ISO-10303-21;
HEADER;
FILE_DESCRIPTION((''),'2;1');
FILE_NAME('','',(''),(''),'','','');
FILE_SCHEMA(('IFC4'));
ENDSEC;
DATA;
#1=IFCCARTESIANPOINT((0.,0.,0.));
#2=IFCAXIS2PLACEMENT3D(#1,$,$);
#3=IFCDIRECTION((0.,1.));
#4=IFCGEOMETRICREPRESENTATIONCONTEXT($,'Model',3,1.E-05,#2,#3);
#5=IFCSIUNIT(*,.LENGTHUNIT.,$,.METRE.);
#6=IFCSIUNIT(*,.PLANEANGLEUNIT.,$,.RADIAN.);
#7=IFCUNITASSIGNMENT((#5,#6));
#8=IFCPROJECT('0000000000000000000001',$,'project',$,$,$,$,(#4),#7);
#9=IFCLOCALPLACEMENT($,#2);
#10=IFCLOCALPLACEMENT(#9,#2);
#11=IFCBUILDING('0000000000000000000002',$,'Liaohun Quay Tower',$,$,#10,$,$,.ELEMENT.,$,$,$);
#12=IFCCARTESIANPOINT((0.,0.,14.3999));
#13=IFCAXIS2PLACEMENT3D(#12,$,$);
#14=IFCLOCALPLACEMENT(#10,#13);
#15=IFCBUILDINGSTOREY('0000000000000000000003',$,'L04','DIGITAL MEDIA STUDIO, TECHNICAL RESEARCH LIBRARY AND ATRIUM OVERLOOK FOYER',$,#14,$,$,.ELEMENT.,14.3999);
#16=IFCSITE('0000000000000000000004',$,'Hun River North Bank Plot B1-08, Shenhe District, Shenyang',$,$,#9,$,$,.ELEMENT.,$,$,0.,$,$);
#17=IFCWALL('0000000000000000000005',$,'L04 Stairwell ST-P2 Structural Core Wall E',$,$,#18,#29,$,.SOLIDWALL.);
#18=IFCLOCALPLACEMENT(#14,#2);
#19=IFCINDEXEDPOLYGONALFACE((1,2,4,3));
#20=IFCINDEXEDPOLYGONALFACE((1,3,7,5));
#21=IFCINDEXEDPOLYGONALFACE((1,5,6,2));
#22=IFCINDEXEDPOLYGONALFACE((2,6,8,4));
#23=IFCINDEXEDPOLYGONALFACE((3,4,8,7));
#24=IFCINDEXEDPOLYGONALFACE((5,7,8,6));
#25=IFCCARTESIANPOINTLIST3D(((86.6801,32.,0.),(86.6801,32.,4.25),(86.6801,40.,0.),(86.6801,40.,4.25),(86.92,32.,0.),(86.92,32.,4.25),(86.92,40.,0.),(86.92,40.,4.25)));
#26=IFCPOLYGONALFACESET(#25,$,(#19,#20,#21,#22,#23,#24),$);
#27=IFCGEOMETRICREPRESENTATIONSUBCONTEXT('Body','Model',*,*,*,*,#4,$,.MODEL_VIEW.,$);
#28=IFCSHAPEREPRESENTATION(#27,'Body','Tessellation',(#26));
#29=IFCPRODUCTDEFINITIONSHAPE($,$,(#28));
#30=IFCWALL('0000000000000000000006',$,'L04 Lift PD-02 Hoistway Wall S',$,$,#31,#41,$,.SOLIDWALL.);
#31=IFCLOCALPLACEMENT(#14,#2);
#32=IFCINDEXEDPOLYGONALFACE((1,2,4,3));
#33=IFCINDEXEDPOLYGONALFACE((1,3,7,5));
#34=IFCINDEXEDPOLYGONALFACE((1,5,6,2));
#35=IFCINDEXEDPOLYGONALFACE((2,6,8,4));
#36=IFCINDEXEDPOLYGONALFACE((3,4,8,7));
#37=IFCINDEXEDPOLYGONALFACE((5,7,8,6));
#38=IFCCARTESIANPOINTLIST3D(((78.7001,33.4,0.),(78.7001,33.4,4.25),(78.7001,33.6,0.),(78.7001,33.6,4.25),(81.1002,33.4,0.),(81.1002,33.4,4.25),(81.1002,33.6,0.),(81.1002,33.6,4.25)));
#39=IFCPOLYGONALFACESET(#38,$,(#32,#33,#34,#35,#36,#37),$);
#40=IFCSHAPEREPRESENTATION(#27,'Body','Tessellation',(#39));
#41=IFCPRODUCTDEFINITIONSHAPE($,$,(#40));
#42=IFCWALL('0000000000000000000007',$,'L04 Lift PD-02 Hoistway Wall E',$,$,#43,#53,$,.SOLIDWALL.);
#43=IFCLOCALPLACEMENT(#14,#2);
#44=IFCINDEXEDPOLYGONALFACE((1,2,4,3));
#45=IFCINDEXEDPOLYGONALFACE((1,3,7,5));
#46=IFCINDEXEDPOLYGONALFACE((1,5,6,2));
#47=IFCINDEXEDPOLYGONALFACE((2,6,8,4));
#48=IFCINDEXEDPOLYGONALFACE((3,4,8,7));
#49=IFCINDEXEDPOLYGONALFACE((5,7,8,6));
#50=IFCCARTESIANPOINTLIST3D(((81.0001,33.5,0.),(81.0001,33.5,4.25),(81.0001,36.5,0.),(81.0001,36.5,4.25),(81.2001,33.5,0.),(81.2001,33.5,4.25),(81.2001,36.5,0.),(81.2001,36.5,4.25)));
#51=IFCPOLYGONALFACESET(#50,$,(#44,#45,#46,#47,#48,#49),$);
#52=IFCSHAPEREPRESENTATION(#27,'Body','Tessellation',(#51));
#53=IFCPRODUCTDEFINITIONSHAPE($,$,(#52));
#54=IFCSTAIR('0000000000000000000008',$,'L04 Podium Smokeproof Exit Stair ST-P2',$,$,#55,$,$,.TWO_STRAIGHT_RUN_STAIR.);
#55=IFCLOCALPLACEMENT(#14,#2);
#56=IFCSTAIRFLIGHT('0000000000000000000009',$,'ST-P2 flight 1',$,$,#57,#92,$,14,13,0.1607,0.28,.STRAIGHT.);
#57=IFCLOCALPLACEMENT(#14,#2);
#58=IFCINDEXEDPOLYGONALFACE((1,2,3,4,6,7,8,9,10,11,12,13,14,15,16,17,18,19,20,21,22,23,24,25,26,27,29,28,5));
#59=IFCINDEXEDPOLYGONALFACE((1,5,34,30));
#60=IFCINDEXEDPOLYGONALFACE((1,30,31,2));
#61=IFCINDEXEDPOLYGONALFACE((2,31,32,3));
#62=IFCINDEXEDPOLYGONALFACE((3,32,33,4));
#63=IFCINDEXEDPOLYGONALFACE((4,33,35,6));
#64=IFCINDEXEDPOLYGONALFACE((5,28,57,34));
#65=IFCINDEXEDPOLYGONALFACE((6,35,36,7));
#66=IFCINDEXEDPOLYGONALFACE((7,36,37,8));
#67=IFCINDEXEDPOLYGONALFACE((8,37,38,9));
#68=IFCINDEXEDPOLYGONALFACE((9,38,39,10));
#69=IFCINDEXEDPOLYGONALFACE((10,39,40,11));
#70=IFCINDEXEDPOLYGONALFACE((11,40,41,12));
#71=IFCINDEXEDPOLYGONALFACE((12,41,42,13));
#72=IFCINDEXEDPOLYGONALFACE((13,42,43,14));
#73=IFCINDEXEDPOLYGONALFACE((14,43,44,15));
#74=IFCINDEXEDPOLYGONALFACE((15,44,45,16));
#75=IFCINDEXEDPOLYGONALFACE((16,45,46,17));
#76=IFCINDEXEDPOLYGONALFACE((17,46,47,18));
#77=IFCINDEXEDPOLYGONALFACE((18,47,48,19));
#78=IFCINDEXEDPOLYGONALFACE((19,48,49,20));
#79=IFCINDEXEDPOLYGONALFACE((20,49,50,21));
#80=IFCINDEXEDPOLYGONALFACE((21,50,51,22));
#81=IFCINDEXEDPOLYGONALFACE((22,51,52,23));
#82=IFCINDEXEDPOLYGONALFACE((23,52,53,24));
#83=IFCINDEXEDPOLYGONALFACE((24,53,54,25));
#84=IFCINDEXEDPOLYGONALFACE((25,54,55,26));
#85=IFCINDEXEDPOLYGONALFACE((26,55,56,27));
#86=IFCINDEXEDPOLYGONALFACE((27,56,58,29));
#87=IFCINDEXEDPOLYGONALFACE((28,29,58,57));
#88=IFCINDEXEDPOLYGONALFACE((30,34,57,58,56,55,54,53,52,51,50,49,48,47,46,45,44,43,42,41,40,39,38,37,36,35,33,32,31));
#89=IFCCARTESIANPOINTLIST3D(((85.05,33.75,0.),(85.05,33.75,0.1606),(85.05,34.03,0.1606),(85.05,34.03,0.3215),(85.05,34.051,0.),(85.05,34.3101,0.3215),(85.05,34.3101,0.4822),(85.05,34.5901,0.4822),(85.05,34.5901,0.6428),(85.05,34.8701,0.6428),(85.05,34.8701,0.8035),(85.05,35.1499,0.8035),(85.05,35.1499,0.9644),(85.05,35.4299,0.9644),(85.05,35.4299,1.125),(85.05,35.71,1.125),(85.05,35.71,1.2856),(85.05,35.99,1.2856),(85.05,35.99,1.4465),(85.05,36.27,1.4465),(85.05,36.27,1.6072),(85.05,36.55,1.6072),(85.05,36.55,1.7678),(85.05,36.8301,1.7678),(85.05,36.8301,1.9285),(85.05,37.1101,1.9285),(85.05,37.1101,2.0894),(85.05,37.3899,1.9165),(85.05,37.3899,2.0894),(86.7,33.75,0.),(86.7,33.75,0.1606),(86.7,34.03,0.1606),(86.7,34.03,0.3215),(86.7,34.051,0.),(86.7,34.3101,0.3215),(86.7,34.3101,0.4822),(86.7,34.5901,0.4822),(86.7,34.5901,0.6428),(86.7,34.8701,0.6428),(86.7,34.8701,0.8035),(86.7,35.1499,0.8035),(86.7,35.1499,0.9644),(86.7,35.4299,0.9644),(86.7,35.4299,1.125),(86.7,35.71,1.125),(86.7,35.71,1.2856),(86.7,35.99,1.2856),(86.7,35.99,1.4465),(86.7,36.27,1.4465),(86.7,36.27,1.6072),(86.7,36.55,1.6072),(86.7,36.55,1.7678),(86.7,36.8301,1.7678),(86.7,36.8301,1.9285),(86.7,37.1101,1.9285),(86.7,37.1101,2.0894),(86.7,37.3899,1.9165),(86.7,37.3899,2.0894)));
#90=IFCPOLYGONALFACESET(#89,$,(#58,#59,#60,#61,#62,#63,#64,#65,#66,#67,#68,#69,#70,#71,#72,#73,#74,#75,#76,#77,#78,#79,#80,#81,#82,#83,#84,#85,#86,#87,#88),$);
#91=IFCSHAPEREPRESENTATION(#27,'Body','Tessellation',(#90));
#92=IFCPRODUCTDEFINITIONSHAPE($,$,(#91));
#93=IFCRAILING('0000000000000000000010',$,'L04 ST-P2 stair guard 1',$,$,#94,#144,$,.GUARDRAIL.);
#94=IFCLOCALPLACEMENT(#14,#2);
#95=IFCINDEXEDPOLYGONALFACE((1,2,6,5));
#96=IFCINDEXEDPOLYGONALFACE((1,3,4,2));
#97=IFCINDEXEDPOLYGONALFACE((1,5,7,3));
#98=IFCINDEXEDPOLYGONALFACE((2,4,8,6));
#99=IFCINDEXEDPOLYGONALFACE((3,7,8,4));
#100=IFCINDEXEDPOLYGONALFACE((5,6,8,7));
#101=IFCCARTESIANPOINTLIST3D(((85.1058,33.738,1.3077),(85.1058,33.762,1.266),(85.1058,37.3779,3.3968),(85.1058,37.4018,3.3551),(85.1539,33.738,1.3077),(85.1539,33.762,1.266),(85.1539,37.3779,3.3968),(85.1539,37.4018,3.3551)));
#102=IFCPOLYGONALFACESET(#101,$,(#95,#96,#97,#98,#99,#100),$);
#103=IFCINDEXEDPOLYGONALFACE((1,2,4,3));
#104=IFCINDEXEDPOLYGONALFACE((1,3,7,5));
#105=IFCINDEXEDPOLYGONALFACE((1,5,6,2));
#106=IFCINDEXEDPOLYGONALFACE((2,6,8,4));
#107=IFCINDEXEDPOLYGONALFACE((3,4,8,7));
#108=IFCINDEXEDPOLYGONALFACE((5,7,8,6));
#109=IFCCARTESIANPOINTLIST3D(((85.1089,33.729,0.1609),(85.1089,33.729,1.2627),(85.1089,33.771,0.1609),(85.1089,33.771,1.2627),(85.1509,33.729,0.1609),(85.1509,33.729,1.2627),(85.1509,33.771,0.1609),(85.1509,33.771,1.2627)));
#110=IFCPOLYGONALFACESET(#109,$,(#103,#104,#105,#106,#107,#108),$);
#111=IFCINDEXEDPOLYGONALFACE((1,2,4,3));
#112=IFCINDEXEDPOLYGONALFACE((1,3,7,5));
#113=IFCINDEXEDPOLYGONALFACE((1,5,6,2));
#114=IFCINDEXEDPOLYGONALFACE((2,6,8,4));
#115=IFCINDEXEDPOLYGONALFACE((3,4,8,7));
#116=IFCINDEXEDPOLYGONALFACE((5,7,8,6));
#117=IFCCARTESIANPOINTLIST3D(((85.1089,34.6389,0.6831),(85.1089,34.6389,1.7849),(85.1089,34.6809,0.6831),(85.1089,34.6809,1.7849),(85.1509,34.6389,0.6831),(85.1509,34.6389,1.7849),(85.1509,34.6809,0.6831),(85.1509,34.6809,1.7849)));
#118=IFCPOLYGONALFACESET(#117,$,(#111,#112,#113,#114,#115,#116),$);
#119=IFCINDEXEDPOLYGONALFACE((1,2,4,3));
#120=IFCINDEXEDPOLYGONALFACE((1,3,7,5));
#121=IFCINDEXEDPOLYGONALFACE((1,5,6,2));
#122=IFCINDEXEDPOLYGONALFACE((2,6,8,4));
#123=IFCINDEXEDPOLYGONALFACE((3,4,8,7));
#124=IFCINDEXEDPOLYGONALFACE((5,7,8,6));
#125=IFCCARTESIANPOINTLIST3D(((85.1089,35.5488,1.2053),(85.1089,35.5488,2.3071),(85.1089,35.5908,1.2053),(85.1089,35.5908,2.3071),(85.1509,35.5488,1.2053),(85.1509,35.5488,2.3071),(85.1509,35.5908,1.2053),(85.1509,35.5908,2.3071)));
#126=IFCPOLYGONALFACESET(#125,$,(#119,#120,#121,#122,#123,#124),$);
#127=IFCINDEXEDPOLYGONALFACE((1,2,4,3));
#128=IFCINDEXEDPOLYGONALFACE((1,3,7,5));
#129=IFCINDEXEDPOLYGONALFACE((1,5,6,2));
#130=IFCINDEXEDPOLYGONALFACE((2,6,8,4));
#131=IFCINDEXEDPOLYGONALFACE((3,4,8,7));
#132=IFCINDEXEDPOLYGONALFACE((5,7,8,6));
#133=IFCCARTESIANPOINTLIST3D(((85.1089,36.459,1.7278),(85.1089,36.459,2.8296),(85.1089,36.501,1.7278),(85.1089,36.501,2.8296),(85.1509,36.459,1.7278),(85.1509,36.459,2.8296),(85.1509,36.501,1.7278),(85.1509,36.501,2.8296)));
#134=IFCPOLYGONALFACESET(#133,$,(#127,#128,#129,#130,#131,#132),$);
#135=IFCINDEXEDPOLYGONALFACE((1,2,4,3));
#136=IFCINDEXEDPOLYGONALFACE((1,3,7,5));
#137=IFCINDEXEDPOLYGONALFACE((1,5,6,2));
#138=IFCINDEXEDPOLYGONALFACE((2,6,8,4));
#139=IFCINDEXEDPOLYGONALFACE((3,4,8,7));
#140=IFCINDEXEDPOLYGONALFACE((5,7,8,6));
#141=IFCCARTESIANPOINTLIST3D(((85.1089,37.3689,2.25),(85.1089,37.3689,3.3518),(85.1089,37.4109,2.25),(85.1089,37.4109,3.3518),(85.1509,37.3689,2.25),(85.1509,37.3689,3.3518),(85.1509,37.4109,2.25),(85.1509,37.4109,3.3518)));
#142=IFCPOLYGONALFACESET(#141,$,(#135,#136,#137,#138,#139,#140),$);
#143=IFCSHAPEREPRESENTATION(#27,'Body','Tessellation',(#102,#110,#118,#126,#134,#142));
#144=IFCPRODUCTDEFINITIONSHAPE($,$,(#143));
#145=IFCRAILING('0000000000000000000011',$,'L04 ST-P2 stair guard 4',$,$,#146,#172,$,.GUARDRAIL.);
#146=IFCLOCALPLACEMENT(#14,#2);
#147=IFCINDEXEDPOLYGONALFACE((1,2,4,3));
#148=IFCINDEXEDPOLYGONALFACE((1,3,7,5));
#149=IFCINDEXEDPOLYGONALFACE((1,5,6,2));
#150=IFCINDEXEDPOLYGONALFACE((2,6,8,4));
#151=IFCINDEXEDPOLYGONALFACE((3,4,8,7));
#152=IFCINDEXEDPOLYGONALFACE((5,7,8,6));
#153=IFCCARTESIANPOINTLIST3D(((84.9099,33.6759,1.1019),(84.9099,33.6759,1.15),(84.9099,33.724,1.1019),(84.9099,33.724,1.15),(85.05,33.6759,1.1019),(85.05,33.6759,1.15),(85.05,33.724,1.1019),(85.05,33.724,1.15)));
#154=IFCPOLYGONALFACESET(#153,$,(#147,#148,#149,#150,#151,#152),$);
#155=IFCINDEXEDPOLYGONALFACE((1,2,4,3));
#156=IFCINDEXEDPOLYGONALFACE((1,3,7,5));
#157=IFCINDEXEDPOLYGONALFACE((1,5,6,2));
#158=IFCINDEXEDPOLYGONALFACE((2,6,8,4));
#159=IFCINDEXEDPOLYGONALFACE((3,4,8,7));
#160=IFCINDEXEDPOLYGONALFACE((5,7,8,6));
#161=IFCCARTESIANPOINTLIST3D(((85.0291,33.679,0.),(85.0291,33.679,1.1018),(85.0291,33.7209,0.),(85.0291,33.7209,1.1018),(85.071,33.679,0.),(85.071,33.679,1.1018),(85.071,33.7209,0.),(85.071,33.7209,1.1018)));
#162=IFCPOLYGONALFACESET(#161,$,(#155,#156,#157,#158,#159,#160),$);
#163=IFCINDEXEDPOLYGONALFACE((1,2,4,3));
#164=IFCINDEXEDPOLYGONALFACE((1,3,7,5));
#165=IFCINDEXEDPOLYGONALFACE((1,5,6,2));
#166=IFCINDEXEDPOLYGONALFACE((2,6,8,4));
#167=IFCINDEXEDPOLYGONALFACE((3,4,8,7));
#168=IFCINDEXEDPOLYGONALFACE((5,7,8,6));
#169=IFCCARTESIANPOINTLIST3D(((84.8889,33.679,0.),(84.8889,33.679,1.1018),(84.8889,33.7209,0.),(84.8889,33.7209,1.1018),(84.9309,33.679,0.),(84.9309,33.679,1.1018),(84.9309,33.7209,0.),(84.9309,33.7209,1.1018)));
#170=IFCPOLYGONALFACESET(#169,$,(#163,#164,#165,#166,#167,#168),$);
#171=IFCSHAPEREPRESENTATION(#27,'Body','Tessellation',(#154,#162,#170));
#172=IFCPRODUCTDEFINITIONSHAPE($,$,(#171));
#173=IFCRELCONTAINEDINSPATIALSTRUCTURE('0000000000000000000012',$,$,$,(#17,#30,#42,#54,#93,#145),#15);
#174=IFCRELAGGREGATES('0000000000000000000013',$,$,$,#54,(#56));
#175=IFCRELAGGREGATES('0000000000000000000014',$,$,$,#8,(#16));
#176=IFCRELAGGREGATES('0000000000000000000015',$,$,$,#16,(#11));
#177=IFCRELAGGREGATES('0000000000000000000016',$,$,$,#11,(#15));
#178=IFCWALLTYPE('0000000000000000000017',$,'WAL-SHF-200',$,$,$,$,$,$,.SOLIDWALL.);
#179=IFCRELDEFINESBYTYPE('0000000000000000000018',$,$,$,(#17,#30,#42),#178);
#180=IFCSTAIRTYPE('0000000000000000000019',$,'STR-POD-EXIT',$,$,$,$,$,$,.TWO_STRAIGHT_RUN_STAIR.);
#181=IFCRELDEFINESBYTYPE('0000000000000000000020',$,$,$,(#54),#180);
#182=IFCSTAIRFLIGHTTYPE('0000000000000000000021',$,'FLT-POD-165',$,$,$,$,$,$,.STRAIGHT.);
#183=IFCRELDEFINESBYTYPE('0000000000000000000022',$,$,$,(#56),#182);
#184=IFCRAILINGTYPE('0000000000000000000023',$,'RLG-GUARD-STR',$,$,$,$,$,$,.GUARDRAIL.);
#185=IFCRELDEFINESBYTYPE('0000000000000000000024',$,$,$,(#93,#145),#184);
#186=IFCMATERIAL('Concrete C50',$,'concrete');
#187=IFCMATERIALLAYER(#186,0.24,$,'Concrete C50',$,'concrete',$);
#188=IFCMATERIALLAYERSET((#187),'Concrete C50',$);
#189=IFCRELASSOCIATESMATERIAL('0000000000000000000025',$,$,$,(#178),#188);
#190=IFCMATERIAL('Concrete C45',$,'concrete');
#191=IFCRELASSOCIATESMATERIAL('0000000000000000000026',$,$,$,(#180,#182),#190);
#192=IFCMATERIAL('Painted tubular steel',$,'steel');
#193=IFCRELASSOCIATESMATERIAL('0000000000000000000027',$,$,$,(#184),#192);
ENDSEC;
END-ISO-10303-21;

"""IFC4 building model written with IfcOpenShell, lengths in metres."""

from ifc_helpers import new_model, si_unit, direction, frame, frame_2d, origin, origin_2d, place, context, subcontext, project, spatial, polyline, rectangle, outline, extrude, material, layer, layer_set, type_object, element, aggregate, save


model = new_model("IFC4")

# Units and contexts
model_context = context("Model", 3, precision=1e-05, world=origin(), true_north=direction((0.0, 1.0)))
body_context = subcontext(model_context, "Body", "Model", "MODEL_VIEW")
ifc_project = project(units=[si_unit("LENGTHUNIT", "METRE"), si_unit("PLANEANGLEUNIT", "RADIAN")], contexts=[model_context])

# Site, building, storey
site_placement = place(None, origin())
site = spatial("IfcSite", under=ifc_project, at=site_placement, Name="Hun River North Bank Plot B1-08, Shenhe District, Shenyang", CompositionType="ELEMENT", RefElevation=0.0)
building_placement = place(site_placement, origin())
building = spatial("IfcBuilding", under=site, at=building_placement, Name="Liaohun Quay Tower", CompositionType="ELEMENT")
storey_placement = place(building_placement, frame((0.0, 0.0, 14.3999)))
storey = spatial("IfcBuildingStorey", under=building, at=storey_placement, Name="L04", Description="DIGITAL MEDIA STUDIO, TECHNICAL RESEARCH LIBRARY AND ATRIUM OVERLOOK FOYER", CompositionType="ELEMENT", Elevation=14.3999)

# Shared definitions
ifc_material_1 = material(Name="Concrete C50", Category="concrete")
ifc_layer_1 = layer(ifc_material_1, 0.24, Name="Concrete C50", Category="concrete")
ifc_layer_set_1 = layer_set([ifc_layer_1], Name="Concrete C50")
wall_type_1 = type_object("IfcWallType", Name="WAL-SHF-200", PredefinedType="SOLIDWALL", material=ifc_layer_set_1)

# Walls
wall_1_placement = place(storey_placement, frame((86.8, 32.0, 0.0), z_axis=(0.0, 0.0, 1.0), x_axis=(0.0, 1.0, 0.0)))
element("IfcWall", 1, at=wall_1_placement, inside=storey, type_object=wall_type_1, Name="L04 Stairwell ST-P2 Structural Core Wall E", PredefinedType="SOLIDWALL", context=body_context, shape_type="SweptSolid", body=[
    extrude(rectangle(XDim=8.0, YDim=0.24, at=frame_2d((4.0, 0.0))), origin(), (0.0, 0.0, 1.0), 4.25),
])
wall_2_placement = place(storey_placement, frame((78.7, 33.5, 0.0), z_axis=(0.0, 0.0, 1.0), x_axis=(1.0, 0.0, 0.0)))
element("IfcWall", 2, at=wall_2_placement, inside=storey, type_object=wall_type_1, Name="L04 Lift PD-02 Hoistway Wall S", PredefinedType="SOLIDWALL", context=body_context, shape_type="SweptSolid", body=[
    extrude(rectangle(XDim=2.4001, YDim=0.2, at=frame_2d((1.2002, 0.0))), origin(), (0.0, 0.0, 1.0), 4.25),
])
wall_3_placement = place(storey_placement, frame((81.1001, 33.5, 0.0), z_axis=(0.0, 0.0, 1.0), x_axis=(0.0, 1.0, 0.0)))
element("IfcWall", 3, at=wall_3_placement, inside=storey, type_object=wall_type_1, Name="L04 Lift PD-02 Hoistway Wall E", PredefinedType="SOLIDWALL", context=body_context, shape_type="SweptSolid", body=[
    extrude(rectangle(XDim=3.0, YDim=0.2, at=frame_2d((1.5, 0.0))), origin(), (0.0, 0.0, 1.0), 4.25),
])

# Stair, stair flight
ifc_material_2 = material(Name="Concrete C45", Category="concrete")
stair_type = type_object("IfcStairType", Name="STR-POD-EXIT", PredefinedType="TWO_STRAIGHT_RUN_STAIR", material=ifc_material_2)
stair_placement = place(storey_placement, origin())
stair = element("IfcStair", 4, at=stair_placement, inside=storey, type_object=stair_type, Name="L04 Podium Smokeproof Exit Stair ST-P2", PredefinedType="TWO_STRAIGHT_RUN_STAIR")
stair_flight_type = type_object("IfcStairFlightType", Name="FLT-POD-165", PredefinedType="STRAIGHT", material=ifc_material_2)
stair_flight_placement = place(storey_placement, frame((85.875, 33.75, 0.0), z_axis=(0.0, 0.0, 1.0), x_axis=(0.0, 1.0, 0.0)))
stair_flight = element("IfcStairFlight", 5, at=stair_flight_placement, type_object=stair_flight_type, Name="ST-P2 flight 1", NumberOfRisers=14, NumberOfTreads=13, PredefinedType="STRAIGHT", RiserHeight=0.1607, TreadLength=0.28, context=body_context, shape_type="SweptSolid", body=[
    extrude(outline(polyline([(0.0, 0.0), (0.0, 0.1606), (0.28, 0.1606), (0.28, 0.3215), (0.5601, 0.3215), (0.5601, 0.4822), (0.8401, 0.4822), (0.8401, 0.6428), (1.1201, 0.6428), (1.1201, 0.8035), (1.3999, 0.8035), (1.3999, 0.9644), (1.6799, 0.9644), (1.6799, 1.125), (1.96, 1.125), (1.96, 1.2856), (2.24, 1.2856), (2.24, 1.4465), (2.52, 1.4465), (2.52, 1.6072), (2.8, 1.6072), (2.8, 1.7678), (3.0801, 1.7678), (3.0801, 1.9285), (3.3601, 1.9285), (3.3601, 2.0894), (3.6399, 2.0894), (3.6399, 2.25), (3.6399, 1.9165), (0.301, 0.0), (0.0, 0.0)])), frame((0.0, 0.825, 0.0), z_axis=(0.0, -1.0, 0.0), x_axis=(1.0, 0.0, 0.0)), (0.0, 0.0, 1.0), 1.6499),
])
aggregate(stair, [stair_flight])

# Railings
ifc_material_3 = material(Name="Painted tubular steel", Category="steel")
railing_type_1 = type_object("IfcRailingType", Name="RLG-GUARD-STR", PredefinedType="GUARDRAIL", material=ifc_material_3)
railing_1_placement = place(storey_placement, frame((85.1299, 33.75, 0.1609)))
element("IfcRailing", 6, at=railing_1_placement, inside=storey, type_object=railing_type_1, Name="L04 ST-P2 stair guard 1", PredefinedType="GUARDRAIL", context=body_context, shape_type="SweptSolid", body=[
    extrude(rectangle(XDim=0.0481, YDim=0.0481, at=origin_2d()), frame((0.0, 0.0, 1.126), z_axis=(0.0, 0.8673, 0.497786), x_axis=(-1.0, 0.0, 0.0)), (0.0, 0.0, 1.0), 4.1968),
    extrude(rectangle(XDim=0.042, YDim=0.042, at=origin_2d()), origin(), (0.0, 0.0, 1.0), 1.1018),
    extrude(rectangle(XDim=0.042, YDim=0.042, at=origin_2d()), frame((0.0, 0.9099, 0.5222)), (0.0, 0.0, 1.0), 1.1018),
    extrude(rectangle(XDim=0.042, YDim=0.042, at=origin_2d()), frame((0.0, 1.8198, 1.0444)), (0.0, 0.0, 1.0), 1.1018),
    extrude(rectangle(XDim=0.042, YDim=0.042, at=origin_2d()), frame((0.0, 2.73, 1.5669)), (0.0, 0.0, 1.0), 1.1018),
    extrude(rectangle(XDim=0.042, YDim=0.042, at=origin_2d()), frame((0.0, 3.6399, 2.0891)), (0.0, 0.0, 1.0), 1.1018),
])
railing_2_placement = place(storey_placement, frame((85.05, 33.7, 0.0)))
element("IfcRailing", 7, at=railing_2_placement, inside=storey, type_object=railing_type_1, Name="L04 ST-P2 stair guard 4", PredefinedType="GUARDRAIL", context=body_context, shape_type="SweptSolid", body=[
    extrude(rectangle(XDim=0.0481, YDim=0.0481, at=origin_2d()), frame((0.0, 0.0, 1.126), z_axis=(-1.0, 0.0, 0.0), x_axis=(0.0, -1.0, 0.0)), (0.0, 0.0, 1.0), 0.1401),
    extrude(rectangle(XDim=0.042, YDim=0.042, at=origin_2d()), origin(), (0.0, 0.0, 1.0), 1.1018),
    extrude(rectangle(XDim=0.042, YDim=0.042, at=origin_2d()), frame((-0.1401, 0.0, 0.0)), (0.0, 0.0, 1.0), 1.1018),
])

save(model, "model.ifc")
